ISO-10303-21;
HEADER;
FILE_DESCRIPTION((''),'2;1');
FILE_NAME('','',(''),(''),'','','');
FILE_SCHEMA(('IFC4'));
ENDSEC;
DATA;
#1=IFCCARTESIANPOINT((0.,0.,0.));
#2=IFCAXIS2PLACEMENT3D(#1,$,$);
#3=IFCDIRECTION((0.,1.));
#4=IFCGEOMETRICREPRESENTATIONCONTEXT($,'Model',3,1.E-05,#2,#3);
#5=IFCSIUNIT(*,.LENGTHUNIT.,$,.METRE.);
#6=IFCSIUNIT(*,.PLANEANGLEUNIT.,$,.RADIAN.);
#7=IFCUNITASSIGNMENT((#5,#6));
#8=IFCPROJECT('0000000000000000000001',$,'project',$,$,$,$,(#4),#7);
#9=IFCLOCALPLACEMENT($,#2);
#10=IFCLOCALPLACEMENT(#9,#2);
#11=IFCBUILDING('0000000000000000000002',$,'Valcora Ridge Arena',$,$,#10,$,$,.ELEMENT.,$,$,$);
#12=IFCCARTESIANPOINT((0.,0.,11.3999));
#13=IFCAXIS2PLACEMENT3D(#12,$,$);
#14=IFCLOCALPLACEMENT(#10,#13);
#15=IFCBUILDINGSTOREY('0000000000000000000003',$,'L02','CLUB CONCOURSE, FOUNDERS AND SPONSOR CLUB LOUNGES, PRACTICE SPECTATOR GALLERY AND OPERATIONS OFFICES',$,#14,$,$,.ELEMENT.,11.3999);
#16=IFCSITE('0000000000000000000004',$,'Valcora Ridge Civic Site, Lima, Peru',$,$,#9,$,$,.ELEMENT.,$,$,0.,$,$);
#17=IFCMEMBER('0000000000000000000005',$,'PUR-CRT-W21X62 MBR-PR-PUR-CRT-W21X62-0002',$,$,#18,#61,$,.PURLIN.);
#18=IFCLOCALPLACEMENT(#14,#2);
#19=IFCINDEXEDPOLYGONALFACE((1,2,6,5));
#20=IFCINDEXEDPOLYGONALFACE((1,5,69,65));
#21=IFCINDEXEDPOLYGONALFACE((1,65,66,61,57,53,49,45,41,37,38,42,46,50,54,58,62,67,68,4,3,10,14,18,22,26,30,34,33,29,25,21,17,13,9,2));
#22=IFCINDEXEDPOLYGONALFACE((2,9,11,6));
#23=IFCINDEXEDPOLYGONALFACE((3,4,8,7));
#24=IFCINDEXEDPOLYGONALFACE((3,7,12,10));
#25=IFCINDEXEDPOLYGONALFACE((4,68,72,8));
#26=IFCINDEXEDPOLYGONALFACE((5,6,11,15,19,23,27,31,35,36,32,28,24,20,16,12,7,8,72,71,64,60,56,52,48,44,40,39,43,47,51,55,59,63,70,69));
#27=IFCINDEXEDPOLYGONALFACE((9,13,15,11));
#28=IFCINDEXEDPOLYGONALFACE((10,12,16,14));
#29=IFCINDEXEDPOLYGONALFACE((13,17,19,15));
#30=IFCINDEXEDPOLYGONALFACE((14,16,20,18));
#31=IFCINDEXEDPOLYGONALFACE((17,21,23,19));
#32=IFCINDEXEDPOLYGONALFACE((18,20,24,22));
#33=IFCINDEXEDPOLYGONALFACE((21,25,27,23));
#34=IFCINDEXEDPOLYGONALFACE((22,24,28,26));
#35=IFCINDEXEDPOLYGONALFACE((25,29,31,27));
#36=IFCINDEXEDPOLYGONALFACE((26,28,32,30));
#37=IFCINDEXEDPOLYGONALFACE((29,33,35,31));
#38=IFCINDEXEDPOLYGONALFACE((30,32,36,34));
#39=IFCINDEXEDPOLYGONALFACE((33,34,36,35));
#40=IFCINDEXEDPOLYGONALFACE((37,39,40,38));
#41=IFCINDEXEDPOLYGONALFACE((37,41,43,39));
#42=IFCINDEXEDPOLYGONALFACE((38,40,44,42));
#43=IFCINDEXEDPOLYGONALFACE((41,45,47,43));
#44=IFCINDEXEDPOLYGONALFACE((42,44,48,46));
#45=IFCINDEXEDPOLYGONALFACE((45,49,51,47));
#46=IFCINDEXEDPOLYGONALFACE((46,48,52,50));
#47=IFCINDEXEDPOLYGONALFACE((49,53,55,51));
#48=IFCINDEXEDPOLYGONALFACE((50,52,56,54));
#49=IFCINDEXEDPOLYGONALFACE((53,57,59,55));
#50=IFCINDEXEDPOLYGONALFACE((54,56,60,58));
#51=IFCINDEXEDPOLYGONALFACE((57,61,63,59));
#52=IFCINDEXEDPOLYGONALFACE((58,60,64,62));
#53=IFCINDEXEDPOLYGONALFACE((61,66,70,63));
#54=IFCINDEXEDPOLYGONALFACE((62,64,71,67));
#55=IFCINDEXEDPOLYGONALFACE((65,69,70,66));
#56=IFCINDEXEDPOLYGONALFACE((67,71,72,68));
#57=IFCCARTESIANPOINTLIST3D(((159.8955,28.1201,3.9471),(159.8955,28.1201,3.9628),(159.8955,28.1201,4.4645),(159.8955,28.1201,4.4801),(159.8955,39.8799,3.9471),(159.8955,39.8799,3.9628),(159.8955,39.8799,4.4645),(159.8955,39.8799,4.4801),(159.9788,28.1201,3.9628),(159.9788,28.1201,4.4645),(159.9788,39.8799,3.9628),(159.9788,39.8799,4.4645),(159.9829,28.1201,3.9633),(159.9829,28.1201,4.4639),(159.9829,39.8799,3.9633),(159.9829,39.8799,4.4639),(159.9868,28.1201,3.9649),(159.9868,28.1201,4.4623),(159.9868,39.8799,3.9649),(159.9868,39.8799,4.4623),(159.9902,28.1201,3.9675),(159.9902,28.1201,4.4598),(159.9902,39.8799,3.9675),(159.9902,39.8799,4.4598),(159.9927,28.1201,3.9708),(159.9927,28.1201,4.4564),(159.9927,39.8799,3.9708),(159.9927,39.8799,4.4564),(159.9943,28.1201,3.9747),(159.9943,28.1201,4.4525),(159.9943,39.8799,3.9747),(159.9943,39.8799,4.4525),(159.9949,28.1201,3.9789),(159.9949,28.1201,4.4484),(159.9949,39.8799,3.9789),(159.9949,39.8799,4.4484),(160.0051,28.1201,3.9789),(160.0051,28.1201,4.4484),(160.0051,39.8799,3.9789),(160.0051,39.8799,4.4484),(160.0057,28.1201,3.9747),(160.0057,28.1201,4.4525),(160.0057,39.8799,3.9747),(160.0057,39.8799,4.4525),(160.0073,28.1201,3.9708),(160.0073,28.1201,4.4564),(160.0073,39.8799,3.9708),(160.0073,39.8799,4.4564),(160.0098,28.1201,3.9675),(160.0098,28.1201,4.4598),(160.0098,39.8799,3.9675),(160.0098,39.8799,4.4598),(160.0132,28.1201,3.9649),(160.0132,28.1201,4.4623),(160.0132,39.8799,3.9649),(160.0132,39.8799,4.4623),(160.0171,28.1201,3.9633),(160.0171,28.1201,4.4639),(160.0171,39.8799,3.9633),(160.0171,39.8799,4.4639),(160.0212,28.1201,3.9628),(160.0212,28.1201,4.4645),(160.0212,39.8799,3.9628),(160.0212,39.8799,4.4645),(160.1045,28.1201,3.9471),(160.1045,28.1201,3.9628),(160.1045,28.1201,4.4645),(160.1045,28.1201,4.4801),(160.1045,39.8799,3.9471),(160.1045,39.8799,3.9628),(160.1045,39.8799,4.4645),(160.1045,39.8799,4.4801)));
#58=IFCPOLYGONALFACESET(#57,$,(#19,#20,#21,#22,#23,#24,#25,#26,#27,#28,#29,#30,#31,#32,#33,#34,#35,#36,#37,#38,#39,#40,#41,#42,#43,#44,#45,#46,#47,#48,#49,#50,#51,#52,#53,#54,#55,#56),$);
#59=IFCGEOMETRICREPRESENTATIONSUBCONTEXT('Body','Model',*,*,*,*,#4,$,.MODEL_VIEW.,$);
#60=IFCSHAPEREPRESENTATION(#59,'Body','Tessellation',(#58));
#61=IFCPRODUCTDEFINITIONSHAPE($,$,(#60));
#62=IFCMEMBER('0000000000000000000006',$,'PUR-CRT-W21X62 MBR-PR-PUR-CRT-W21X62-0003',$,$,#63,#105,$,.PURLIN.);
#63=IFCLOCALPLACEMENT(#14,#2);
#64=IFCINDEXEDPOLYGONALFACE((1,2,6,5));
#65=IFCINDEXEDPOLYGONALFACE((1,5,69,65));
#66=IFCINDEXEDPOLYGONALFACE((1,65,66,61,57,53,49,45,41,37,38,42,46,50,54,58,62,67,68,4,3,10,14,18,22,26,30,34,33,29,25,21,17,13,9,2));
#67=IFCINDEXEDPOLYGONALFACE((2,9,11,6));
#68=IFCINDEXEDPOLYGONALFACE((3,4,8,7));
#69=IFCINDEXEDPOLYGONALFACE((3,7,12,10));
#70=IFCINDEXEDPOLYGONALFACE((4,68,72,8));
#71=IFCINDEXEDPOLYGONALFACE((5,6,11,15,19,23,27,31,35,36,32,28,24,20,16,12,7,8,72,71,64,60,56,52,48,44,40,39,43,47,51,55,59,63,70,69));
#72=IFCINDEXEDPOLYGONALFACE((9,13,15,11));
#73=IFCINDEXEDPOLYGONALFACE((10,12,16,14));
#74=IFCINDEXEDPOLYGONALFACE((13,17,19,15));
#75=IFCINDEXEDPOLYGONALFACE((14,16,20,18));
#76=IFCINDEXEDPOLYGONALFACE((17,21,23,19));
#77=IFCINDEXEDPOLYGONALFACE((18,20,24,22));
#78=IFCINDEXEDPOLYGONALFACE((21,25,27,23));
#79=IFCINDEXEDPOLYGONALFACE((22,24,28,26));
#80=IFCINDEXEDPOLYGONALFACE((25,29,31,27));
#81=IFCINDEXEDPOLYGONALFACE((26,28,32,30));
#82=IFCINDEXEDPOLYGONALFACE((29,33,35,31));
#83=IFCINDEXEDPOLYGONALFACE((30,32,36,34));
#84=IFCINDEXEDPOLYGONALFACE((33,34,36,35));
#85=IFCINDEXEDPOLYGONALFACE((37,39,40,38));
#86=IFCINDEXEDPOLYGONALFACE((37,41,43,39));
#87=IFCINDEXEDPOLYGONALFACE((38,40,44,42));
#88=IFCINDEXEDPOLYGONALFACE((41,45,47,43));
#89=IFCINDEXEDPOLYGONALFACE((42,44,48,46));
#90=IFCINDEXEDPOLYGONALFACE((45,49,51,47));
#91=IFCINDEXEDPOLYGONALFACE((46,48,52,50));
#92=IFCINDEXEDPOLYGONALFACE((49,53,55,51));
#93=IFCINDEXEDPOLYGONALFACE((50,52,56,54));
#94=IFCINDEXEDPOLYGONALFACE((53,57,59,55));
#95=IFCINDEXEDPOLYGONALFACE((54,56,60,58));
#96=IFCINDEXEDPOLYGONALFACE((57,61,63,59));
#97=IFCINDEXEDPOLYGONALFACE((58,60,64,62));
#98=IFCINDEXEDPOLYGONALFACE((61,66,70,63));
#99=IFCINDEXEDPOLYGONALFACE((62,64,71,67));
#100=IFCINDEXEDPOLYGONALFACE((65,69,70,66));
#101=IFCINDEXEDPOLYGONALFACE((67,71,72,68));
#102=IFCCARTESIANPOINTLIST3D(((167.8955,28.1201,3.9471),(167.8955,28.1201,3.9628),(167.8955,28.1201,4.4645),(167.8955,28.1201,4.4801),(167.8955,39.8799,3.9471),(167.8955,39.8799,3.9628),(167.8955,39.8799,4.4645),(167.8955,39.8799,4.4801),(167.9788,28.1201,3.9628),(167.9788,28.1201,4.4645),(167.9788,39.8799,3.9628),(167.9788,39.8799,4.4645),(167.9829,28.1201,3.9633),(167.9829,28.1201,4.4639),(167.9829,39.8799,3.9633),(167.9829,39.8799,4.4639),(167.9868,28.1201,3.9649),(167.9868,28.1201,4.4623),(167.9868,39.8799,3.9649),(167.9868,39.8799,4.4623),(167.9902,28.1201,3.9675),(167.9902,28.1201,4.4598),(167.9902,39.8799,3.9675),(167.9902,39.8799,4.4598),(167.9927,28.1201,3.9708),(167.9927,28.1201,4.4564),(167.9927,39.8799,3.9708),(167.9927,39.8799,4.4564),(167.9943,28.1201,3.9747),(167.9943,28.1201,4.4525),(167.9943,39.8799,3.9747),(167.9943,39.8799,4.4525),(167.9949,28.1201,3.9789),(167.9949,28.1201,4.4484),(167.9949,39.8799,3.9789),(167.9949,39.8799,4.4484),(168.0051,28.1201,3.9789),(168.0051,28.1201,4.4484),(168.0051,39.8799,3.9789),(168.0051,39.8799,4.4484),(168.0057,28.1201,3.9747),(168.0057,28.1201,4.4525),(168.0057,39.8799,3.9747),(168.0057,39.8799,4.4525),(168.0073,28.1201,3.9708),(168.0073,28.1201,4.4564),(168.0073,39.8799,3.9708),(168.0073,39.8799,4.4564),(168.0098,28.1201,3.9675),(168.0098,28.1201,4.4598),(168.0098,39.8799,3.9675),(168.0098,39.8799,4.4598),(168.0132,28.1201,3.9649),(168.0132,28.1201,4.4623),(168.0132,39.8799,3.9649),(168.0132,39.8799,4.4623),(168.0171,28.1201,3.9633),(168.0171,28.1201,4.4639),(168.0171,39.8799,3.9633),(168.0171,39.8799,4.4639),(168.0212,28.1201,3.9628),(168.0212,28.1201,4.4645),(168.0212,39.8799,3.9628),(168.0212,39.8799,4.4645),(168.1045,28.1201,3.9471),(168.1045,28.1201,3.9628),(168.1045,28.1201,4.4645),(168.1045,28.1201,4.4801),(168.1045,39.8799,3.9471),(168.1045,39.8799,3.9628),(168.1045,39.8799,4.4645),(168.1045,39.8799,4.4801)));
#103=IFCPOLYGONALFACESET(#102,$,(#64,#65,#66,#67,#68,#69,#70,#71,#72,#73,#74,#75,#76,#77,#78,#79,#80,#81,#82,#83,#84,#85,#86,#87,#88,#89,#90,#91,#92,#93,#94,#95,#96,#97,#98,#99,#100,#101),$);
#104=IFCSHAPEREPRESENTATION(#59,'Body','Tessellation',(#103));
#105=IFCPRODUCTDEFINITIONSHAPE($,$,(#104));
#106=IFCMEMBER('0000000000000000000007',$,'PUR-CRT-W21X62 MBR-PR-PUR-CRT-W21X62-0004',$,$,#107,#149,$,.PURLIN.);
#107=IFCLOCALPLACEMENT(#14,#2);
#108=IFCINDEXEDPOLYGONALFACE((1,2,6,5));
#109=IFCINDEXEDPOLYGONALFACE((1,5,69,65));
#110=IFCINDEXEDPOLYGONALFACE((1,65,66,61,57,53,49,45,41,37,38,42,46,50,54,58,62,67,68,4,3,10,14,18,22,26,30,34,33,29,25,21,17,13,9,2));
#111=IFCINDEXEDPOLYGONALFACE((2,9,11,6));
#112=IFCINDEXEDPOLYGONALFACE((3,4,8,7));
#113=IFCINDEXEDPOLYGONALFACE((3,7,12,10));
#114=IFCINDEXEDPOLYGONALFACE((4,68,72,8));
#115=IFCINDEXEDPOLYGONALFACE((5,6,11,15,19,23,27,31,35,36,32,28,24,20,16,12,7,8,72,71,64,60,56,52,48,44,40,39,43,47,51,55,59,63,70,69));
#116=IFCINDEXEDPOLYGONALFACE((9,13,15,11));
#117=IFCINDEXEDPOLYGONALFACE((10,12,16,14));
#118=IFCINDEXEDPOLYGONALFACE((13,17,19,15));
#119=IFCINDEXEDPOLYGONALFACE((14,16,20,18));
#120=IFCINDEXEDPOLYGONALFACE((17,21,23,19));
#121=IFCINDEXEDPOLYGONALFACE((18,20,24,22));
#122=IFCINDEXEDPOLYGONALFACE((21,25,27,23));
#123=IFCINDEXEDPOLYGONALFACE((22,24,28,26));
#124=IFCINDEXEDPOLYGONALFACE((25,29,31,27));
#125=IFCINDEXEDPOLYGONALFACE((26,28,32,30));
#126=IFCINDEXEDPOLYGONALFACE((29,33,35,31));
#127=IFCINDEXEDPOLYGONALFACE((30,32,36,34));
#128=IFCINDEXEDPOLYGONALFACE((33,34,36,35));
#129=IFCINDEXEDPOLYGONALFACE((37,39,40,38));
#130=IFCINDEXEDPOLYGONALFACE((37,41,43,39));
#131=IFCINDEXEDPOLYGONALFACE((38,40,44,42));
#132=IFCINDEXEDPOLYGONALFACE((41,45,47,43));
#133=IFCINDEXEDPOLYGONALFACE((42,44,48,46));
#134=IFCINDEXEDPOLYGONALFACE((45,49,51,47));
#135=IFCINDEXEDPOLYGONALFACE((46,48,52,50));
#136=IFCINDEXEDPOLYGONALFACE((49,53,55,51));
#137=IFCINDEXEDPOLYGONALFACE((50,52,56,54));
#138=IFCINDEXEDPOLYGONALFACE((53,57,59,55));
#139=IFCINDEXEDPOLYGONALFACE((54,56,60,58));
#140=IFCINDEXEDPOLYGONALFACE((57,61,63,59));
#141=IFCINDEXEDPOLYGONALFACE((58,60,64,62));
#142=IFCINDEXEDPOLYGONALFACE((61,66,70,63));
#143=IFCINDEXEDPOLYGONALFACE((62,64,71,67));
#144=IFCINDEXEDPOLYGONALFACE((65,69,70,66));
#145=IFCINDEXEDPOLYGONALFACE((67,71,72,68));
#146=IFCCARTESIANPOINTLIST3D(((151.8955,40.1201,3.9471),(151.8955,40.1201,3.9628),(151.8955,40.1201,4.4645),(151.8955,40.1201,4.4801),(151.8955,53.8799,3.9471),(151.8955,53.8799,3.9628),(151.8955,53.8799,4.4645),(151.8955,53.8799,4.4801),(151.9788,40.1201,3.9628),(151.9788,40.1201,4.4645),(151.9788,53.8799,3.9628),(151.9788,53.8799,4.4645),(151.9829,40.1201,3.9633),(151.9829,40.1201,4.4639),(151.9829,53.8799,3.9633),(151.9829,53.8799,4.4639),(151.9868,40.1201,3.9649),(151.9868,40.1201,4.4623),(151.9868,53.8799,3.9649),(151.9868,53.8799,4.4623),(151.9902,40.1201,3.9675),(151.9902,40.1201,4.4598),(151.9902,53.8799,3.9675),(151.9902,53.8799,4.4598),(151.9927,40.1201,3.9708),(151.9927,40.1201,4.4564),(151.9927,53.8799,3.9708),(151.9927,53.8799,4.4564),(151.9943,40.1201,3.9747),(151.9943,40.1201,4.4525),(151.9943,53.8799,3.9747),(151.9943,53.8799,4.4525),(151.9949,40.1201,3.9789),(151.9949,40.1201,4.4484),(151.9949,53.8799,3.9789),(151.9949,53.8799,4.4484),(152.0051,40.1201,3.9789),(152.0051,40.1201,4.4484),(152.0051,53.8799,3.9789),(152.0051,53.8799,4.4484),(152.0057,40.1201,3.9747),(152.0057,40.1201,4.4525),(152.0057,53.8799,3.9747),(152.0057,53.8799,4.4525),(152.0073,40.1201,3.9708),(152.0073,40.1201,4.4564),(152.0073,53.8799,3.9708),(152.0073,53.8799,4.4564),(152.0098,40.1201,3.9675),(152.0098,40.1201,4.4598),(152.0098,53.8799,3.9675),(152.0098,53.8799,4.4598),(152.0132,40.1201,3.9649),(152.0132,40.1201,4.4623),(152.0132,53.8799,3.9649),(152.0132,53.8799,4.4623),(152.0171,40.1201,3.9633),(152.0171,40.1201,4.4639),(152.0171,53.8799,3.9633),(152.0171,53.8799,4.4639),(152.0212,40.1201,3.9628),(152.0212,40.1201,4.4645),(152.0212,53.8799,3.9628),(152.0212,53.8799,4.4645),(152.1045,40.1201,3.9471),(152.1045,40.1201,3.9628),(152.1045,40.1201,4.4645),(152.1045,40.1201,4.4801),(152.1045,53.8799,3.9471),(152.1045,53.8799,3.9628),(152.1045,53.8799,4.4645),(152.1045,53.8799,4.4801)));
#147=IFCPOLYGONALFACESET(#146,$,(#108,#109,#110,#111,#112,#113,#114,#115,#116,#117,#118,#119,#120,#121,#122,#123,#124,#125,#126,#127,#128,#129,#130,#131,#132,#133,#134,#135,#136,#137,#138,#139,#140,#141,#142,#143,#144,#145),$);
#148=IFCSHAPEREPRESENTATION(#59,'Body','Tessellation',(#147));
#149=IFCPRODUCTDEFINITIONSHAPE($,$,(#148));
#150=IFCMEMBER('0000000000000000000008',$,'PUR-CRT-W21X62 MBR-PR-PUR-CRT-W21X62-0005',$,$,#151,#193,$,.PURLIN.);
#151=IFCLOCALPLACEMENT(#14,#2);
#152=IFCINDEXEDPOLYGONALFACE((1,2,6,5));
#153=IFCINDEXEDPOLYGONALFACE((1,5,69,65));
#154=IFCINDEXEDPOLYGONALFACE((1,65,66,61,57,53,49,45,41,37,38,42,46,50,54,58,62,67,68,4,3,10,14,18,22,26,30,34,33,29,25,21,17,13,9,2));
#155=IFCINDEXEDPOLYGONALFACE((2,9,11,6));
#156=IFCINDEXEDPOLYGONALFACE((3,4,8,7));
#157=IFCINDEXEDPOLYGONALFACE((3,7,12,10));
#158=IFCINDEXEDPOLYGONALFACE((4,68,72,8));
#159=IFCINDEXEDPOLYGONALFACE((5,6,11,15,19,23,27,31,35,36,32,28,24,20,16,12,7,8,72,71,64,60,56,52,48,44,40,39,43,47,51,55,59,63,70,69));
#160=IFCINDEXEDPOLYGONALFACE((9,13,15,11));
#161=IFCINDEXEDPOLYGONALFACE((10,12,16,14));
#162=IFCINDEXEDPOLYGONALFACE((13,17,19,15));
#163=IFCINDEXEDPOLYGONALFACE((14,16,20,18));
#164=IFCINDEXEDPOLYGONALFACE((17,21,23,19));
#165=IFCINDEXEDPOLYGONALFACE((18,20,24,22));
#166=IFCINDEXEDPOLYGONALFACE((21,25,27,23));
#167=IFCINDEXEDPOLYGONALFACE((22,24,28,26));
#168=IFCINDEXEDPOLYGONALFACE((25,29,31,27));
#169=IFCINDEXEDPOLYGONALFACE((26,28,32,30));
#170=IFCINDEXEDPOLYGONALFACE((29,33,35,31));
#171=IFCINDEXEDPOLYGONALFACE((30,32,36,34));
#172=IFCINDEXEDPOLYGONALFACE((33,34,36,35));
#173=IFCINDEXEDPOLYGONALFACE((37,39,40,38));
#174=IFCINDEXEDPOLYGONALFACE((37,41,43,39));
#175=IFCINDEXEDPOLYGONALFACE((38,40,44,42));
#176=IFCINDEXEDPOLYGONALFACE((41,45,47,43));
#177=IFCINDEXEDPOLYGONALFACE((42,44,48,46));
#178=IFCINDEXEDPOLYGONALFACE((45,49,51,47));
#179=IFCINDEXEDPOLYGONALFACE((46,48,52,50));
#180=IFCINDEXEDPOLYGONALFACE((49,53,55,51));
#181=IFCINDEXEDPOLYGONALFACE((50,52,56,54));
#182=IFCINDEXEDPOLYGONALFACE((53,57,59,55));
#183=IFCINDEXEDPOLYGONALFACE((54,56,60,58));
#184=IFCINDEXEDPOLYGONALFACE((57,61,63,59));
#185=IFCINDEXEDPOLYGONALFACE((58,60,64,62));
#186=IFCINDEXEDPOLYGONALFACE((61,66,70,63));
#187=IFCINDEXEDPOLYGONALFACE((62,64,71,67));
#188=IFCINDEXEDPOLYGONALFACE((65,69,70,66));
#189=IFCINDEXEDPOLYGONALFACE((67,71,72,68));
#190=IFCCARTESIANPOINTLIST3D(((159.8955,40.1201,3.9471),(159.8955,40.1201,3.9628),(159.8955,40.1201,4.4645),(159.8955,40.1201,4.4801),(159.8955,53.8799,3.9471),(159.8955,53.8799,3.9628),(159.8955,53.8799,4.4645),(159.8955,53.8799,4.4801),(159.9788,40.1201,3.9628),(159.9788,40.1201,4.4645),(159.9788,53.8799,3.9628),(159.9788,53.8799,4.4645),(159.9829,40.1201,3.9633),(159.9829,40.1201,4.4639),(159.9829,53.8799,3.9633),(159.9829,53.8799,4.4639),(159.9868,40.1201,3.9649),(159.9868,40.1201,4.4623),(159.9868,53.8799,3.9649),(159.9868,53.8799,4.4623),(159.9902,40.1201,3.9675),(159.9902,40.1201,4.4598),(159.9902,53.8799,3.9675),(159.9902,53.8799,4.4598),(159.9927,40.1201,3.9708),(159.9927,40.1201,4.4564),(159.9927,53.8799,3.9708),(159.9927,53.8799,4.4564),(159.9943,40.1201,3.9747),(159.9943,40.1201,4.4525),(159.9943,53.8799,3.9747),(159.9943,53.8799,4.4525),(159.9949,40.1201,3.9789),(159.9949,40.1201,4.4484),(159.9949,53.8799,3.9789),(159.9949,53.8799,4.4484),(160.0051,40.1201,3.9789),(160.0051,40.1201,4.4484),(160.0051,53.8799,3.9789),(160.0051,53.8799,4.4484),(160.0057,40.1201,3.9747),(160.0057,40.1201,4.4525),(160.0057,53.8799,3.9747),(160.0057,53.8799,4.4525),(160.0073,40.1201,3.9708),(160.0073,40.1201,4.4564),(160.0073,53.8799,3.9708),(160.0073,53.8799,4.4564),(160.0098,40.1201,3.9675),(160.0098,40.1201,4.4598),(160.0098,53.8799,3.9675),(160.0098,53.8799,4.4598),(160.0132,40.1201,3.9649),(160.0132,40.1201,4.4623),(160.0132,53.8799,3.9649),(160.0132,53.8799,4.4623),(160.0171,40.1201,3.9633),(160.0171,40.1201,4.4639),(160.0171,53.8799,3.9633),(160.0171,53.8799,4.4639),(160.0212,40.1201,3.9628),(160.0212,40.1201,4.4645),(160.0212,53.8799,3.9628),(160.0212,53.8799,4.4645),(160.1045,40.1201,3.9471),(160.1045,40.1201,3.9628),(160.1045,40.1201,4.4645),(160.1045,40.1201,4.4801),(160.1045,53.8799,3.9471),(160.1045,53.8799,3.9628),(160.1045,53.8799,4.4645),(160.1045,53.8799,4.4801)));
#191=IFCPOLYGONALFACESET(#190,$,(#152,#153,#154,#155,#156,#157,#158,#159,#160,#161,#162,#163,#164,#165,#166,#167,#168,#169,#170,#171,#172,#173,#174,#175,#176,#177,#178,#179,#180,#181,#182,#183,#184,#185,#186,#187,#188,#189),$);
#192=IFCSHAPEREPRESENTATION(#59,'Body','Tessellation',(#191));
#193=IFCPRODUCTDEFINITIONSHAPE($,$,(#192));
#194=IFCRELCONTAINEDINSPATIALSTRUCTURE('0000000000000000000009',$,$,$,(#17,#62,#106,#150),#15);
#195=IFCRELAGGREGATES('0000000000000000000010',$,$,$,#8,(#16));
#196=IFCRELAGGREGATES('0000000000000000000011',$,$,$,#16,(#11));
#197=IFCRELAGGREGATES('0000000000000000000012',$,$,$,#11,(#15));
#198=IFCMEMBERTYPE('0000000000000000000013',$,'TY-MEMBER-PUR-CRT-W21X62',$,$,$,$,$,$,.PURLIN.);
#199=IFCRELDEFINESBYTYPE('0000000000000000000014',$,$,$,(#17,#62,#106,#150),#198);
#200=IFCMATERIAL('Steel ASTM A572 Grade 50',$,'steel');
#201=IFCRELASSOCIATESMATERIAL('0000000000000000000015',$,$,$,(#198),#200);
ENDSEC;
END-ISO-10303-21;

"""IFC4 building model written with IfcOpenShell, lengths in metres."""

from ifc_helpers import new_model, si_unit, direction, frame, origin, origin_2d, place, context, subcontext, project, spatial, i_section, extrude, material, material_profile, profile_set, type_object, element, save


model = new_model("IFC4")

# Units and contexts
model_context = context("Model", 3, precision=1e-05, world=origin(), true_north=direction((0.0, 1.0)))
body_context = subcontext(model_context, "Body", "Model", "MODEL_VIEW")
ifc_project = project(units=[si_unit("LENGTHUNIT", "METRE"), si_unit("PLANEANGLEUNIT", "RADIAN")], contexts=[model_context])

# Site, building, storey
site_placement = place(None, origin())
site = spatial("IfcSite", under=ifc_project, at=site_placement, Name="Valcora Ridge Civic Site, Lima, Peru", CompositionType="ELEMENT", RefElevation=0.0)
building_placement = place(site_placement, origin())
building = spatial("IfcBuilding", under=site, at=building_placement, Name="Valcora Ridge Arena", CompositionType="ELEMENT")
storey_placement = place(building_placement, frame((0.0, 0.0, 11.3999)))
storey = spatial("IfcBuildingStorey", under=building, at=storey_placement, Name="L02", Description="CLUB CONCOURSE, FOUNDERS AND SPONSOR CLUB LOUNGES, PRACTICE SPECTATOR GALLERY AND OPERATIONS OFFICES", CompositionType="ELEMENT", Elevation=11.3999)

# Shared definitions
ifc_material_1 = material(Name="Steel ASTM A572 Grade 50", Category="steel")

# Members
ifc_material_profile_1 = material_profile(ifc_material_1, i_section(OverallWidth=0.209, OverallDepth=0.533, WebThickness=0.0103, FlangeThickness=0.0156, FilletRadius=0.0161, at=origin_2d()), Name="W21X62")
ifc_profile_set_1 = profile_set([ifc_material_profile_1], Name="Steel ASTM A572 Grade 50")
member_type_1 = type_object("IfcMemberType", Name="TY-MEMBER-PUR-CRT-W21X62", PredefinedType="PURLIN", material=ifc_profile_set_1)
for number, where, z_axis, x_axis, name in (
    (1, (160.0, 28.1201, 4.2136), (0.0, 1.0, 0.0), (-1.0, 0.0, 0.0), "PUR-CRT-W21X62 MBR-PR-PUR-CRT-W21X62-0002"),
    (2, (168.0, 28.1201, 4.2136), (0.0, 1.0, 0.0), (-1.0, 0.0, 0.0), "PUR-CRT-W21X62 MBR-PR-PUR-CRT-W21X62-0003"),
):
    element("IfcMember", number, at=place(storey_placement, frame(where, z_axis=z_axis, x_axis=x_axis)), inside=storey, type_object=member_type_1, Name=name, PredefinedType="PURLIN", context=body_context, shape_type="SweptSolid", body=[
        extrude(i_section(OverallWidth=0.209, OverallDepth=0.533, WebThickness=0.0103, FlangeThickness=0.0156, FilletRadius=0.0161, at=origin_2d()), origin(), (0.0, 0.0, 1.0), 11.7598),
    ])
for number, where, z_axis, x_axis, name in (
    (3, (152.0, 40.1201, 4.2136), (0.0, 1.0, 0.0), (-1.0, 0.0, 0.0), "PUR-CRT-W21X62 MBR-PR-PUR-CRT-W21X62-0004"),
    (4, (160.0, 40.1201, 4.2136), (0.0, 1.0, 0.0), (-1.0, 0.0, 0.0), "PUR-CRT-W21X62 MBR-PR-PUR-CRT-W21X62-0005"),
):
    element("IfcMember", number, at=place(storey_placement, frame(where, z_axis=z_axis, x_axis=x_axis)), inside=storey, type_object=member_type_1, Name=name, PredefinedType="PURLIN", context=body_context, shape_type="SweptSolid", body=[
        extrude(i_section(OverallWidth=0.209, OverallDepth=0.533, WebThickness=0.0103, FlangeThickness=0.0156, FilletRadius=0.0161, at=origin_2d()), origin(), (0.0, 0.0, 1.0), 13.7598),
    ])

save(model, "model.ifc")
